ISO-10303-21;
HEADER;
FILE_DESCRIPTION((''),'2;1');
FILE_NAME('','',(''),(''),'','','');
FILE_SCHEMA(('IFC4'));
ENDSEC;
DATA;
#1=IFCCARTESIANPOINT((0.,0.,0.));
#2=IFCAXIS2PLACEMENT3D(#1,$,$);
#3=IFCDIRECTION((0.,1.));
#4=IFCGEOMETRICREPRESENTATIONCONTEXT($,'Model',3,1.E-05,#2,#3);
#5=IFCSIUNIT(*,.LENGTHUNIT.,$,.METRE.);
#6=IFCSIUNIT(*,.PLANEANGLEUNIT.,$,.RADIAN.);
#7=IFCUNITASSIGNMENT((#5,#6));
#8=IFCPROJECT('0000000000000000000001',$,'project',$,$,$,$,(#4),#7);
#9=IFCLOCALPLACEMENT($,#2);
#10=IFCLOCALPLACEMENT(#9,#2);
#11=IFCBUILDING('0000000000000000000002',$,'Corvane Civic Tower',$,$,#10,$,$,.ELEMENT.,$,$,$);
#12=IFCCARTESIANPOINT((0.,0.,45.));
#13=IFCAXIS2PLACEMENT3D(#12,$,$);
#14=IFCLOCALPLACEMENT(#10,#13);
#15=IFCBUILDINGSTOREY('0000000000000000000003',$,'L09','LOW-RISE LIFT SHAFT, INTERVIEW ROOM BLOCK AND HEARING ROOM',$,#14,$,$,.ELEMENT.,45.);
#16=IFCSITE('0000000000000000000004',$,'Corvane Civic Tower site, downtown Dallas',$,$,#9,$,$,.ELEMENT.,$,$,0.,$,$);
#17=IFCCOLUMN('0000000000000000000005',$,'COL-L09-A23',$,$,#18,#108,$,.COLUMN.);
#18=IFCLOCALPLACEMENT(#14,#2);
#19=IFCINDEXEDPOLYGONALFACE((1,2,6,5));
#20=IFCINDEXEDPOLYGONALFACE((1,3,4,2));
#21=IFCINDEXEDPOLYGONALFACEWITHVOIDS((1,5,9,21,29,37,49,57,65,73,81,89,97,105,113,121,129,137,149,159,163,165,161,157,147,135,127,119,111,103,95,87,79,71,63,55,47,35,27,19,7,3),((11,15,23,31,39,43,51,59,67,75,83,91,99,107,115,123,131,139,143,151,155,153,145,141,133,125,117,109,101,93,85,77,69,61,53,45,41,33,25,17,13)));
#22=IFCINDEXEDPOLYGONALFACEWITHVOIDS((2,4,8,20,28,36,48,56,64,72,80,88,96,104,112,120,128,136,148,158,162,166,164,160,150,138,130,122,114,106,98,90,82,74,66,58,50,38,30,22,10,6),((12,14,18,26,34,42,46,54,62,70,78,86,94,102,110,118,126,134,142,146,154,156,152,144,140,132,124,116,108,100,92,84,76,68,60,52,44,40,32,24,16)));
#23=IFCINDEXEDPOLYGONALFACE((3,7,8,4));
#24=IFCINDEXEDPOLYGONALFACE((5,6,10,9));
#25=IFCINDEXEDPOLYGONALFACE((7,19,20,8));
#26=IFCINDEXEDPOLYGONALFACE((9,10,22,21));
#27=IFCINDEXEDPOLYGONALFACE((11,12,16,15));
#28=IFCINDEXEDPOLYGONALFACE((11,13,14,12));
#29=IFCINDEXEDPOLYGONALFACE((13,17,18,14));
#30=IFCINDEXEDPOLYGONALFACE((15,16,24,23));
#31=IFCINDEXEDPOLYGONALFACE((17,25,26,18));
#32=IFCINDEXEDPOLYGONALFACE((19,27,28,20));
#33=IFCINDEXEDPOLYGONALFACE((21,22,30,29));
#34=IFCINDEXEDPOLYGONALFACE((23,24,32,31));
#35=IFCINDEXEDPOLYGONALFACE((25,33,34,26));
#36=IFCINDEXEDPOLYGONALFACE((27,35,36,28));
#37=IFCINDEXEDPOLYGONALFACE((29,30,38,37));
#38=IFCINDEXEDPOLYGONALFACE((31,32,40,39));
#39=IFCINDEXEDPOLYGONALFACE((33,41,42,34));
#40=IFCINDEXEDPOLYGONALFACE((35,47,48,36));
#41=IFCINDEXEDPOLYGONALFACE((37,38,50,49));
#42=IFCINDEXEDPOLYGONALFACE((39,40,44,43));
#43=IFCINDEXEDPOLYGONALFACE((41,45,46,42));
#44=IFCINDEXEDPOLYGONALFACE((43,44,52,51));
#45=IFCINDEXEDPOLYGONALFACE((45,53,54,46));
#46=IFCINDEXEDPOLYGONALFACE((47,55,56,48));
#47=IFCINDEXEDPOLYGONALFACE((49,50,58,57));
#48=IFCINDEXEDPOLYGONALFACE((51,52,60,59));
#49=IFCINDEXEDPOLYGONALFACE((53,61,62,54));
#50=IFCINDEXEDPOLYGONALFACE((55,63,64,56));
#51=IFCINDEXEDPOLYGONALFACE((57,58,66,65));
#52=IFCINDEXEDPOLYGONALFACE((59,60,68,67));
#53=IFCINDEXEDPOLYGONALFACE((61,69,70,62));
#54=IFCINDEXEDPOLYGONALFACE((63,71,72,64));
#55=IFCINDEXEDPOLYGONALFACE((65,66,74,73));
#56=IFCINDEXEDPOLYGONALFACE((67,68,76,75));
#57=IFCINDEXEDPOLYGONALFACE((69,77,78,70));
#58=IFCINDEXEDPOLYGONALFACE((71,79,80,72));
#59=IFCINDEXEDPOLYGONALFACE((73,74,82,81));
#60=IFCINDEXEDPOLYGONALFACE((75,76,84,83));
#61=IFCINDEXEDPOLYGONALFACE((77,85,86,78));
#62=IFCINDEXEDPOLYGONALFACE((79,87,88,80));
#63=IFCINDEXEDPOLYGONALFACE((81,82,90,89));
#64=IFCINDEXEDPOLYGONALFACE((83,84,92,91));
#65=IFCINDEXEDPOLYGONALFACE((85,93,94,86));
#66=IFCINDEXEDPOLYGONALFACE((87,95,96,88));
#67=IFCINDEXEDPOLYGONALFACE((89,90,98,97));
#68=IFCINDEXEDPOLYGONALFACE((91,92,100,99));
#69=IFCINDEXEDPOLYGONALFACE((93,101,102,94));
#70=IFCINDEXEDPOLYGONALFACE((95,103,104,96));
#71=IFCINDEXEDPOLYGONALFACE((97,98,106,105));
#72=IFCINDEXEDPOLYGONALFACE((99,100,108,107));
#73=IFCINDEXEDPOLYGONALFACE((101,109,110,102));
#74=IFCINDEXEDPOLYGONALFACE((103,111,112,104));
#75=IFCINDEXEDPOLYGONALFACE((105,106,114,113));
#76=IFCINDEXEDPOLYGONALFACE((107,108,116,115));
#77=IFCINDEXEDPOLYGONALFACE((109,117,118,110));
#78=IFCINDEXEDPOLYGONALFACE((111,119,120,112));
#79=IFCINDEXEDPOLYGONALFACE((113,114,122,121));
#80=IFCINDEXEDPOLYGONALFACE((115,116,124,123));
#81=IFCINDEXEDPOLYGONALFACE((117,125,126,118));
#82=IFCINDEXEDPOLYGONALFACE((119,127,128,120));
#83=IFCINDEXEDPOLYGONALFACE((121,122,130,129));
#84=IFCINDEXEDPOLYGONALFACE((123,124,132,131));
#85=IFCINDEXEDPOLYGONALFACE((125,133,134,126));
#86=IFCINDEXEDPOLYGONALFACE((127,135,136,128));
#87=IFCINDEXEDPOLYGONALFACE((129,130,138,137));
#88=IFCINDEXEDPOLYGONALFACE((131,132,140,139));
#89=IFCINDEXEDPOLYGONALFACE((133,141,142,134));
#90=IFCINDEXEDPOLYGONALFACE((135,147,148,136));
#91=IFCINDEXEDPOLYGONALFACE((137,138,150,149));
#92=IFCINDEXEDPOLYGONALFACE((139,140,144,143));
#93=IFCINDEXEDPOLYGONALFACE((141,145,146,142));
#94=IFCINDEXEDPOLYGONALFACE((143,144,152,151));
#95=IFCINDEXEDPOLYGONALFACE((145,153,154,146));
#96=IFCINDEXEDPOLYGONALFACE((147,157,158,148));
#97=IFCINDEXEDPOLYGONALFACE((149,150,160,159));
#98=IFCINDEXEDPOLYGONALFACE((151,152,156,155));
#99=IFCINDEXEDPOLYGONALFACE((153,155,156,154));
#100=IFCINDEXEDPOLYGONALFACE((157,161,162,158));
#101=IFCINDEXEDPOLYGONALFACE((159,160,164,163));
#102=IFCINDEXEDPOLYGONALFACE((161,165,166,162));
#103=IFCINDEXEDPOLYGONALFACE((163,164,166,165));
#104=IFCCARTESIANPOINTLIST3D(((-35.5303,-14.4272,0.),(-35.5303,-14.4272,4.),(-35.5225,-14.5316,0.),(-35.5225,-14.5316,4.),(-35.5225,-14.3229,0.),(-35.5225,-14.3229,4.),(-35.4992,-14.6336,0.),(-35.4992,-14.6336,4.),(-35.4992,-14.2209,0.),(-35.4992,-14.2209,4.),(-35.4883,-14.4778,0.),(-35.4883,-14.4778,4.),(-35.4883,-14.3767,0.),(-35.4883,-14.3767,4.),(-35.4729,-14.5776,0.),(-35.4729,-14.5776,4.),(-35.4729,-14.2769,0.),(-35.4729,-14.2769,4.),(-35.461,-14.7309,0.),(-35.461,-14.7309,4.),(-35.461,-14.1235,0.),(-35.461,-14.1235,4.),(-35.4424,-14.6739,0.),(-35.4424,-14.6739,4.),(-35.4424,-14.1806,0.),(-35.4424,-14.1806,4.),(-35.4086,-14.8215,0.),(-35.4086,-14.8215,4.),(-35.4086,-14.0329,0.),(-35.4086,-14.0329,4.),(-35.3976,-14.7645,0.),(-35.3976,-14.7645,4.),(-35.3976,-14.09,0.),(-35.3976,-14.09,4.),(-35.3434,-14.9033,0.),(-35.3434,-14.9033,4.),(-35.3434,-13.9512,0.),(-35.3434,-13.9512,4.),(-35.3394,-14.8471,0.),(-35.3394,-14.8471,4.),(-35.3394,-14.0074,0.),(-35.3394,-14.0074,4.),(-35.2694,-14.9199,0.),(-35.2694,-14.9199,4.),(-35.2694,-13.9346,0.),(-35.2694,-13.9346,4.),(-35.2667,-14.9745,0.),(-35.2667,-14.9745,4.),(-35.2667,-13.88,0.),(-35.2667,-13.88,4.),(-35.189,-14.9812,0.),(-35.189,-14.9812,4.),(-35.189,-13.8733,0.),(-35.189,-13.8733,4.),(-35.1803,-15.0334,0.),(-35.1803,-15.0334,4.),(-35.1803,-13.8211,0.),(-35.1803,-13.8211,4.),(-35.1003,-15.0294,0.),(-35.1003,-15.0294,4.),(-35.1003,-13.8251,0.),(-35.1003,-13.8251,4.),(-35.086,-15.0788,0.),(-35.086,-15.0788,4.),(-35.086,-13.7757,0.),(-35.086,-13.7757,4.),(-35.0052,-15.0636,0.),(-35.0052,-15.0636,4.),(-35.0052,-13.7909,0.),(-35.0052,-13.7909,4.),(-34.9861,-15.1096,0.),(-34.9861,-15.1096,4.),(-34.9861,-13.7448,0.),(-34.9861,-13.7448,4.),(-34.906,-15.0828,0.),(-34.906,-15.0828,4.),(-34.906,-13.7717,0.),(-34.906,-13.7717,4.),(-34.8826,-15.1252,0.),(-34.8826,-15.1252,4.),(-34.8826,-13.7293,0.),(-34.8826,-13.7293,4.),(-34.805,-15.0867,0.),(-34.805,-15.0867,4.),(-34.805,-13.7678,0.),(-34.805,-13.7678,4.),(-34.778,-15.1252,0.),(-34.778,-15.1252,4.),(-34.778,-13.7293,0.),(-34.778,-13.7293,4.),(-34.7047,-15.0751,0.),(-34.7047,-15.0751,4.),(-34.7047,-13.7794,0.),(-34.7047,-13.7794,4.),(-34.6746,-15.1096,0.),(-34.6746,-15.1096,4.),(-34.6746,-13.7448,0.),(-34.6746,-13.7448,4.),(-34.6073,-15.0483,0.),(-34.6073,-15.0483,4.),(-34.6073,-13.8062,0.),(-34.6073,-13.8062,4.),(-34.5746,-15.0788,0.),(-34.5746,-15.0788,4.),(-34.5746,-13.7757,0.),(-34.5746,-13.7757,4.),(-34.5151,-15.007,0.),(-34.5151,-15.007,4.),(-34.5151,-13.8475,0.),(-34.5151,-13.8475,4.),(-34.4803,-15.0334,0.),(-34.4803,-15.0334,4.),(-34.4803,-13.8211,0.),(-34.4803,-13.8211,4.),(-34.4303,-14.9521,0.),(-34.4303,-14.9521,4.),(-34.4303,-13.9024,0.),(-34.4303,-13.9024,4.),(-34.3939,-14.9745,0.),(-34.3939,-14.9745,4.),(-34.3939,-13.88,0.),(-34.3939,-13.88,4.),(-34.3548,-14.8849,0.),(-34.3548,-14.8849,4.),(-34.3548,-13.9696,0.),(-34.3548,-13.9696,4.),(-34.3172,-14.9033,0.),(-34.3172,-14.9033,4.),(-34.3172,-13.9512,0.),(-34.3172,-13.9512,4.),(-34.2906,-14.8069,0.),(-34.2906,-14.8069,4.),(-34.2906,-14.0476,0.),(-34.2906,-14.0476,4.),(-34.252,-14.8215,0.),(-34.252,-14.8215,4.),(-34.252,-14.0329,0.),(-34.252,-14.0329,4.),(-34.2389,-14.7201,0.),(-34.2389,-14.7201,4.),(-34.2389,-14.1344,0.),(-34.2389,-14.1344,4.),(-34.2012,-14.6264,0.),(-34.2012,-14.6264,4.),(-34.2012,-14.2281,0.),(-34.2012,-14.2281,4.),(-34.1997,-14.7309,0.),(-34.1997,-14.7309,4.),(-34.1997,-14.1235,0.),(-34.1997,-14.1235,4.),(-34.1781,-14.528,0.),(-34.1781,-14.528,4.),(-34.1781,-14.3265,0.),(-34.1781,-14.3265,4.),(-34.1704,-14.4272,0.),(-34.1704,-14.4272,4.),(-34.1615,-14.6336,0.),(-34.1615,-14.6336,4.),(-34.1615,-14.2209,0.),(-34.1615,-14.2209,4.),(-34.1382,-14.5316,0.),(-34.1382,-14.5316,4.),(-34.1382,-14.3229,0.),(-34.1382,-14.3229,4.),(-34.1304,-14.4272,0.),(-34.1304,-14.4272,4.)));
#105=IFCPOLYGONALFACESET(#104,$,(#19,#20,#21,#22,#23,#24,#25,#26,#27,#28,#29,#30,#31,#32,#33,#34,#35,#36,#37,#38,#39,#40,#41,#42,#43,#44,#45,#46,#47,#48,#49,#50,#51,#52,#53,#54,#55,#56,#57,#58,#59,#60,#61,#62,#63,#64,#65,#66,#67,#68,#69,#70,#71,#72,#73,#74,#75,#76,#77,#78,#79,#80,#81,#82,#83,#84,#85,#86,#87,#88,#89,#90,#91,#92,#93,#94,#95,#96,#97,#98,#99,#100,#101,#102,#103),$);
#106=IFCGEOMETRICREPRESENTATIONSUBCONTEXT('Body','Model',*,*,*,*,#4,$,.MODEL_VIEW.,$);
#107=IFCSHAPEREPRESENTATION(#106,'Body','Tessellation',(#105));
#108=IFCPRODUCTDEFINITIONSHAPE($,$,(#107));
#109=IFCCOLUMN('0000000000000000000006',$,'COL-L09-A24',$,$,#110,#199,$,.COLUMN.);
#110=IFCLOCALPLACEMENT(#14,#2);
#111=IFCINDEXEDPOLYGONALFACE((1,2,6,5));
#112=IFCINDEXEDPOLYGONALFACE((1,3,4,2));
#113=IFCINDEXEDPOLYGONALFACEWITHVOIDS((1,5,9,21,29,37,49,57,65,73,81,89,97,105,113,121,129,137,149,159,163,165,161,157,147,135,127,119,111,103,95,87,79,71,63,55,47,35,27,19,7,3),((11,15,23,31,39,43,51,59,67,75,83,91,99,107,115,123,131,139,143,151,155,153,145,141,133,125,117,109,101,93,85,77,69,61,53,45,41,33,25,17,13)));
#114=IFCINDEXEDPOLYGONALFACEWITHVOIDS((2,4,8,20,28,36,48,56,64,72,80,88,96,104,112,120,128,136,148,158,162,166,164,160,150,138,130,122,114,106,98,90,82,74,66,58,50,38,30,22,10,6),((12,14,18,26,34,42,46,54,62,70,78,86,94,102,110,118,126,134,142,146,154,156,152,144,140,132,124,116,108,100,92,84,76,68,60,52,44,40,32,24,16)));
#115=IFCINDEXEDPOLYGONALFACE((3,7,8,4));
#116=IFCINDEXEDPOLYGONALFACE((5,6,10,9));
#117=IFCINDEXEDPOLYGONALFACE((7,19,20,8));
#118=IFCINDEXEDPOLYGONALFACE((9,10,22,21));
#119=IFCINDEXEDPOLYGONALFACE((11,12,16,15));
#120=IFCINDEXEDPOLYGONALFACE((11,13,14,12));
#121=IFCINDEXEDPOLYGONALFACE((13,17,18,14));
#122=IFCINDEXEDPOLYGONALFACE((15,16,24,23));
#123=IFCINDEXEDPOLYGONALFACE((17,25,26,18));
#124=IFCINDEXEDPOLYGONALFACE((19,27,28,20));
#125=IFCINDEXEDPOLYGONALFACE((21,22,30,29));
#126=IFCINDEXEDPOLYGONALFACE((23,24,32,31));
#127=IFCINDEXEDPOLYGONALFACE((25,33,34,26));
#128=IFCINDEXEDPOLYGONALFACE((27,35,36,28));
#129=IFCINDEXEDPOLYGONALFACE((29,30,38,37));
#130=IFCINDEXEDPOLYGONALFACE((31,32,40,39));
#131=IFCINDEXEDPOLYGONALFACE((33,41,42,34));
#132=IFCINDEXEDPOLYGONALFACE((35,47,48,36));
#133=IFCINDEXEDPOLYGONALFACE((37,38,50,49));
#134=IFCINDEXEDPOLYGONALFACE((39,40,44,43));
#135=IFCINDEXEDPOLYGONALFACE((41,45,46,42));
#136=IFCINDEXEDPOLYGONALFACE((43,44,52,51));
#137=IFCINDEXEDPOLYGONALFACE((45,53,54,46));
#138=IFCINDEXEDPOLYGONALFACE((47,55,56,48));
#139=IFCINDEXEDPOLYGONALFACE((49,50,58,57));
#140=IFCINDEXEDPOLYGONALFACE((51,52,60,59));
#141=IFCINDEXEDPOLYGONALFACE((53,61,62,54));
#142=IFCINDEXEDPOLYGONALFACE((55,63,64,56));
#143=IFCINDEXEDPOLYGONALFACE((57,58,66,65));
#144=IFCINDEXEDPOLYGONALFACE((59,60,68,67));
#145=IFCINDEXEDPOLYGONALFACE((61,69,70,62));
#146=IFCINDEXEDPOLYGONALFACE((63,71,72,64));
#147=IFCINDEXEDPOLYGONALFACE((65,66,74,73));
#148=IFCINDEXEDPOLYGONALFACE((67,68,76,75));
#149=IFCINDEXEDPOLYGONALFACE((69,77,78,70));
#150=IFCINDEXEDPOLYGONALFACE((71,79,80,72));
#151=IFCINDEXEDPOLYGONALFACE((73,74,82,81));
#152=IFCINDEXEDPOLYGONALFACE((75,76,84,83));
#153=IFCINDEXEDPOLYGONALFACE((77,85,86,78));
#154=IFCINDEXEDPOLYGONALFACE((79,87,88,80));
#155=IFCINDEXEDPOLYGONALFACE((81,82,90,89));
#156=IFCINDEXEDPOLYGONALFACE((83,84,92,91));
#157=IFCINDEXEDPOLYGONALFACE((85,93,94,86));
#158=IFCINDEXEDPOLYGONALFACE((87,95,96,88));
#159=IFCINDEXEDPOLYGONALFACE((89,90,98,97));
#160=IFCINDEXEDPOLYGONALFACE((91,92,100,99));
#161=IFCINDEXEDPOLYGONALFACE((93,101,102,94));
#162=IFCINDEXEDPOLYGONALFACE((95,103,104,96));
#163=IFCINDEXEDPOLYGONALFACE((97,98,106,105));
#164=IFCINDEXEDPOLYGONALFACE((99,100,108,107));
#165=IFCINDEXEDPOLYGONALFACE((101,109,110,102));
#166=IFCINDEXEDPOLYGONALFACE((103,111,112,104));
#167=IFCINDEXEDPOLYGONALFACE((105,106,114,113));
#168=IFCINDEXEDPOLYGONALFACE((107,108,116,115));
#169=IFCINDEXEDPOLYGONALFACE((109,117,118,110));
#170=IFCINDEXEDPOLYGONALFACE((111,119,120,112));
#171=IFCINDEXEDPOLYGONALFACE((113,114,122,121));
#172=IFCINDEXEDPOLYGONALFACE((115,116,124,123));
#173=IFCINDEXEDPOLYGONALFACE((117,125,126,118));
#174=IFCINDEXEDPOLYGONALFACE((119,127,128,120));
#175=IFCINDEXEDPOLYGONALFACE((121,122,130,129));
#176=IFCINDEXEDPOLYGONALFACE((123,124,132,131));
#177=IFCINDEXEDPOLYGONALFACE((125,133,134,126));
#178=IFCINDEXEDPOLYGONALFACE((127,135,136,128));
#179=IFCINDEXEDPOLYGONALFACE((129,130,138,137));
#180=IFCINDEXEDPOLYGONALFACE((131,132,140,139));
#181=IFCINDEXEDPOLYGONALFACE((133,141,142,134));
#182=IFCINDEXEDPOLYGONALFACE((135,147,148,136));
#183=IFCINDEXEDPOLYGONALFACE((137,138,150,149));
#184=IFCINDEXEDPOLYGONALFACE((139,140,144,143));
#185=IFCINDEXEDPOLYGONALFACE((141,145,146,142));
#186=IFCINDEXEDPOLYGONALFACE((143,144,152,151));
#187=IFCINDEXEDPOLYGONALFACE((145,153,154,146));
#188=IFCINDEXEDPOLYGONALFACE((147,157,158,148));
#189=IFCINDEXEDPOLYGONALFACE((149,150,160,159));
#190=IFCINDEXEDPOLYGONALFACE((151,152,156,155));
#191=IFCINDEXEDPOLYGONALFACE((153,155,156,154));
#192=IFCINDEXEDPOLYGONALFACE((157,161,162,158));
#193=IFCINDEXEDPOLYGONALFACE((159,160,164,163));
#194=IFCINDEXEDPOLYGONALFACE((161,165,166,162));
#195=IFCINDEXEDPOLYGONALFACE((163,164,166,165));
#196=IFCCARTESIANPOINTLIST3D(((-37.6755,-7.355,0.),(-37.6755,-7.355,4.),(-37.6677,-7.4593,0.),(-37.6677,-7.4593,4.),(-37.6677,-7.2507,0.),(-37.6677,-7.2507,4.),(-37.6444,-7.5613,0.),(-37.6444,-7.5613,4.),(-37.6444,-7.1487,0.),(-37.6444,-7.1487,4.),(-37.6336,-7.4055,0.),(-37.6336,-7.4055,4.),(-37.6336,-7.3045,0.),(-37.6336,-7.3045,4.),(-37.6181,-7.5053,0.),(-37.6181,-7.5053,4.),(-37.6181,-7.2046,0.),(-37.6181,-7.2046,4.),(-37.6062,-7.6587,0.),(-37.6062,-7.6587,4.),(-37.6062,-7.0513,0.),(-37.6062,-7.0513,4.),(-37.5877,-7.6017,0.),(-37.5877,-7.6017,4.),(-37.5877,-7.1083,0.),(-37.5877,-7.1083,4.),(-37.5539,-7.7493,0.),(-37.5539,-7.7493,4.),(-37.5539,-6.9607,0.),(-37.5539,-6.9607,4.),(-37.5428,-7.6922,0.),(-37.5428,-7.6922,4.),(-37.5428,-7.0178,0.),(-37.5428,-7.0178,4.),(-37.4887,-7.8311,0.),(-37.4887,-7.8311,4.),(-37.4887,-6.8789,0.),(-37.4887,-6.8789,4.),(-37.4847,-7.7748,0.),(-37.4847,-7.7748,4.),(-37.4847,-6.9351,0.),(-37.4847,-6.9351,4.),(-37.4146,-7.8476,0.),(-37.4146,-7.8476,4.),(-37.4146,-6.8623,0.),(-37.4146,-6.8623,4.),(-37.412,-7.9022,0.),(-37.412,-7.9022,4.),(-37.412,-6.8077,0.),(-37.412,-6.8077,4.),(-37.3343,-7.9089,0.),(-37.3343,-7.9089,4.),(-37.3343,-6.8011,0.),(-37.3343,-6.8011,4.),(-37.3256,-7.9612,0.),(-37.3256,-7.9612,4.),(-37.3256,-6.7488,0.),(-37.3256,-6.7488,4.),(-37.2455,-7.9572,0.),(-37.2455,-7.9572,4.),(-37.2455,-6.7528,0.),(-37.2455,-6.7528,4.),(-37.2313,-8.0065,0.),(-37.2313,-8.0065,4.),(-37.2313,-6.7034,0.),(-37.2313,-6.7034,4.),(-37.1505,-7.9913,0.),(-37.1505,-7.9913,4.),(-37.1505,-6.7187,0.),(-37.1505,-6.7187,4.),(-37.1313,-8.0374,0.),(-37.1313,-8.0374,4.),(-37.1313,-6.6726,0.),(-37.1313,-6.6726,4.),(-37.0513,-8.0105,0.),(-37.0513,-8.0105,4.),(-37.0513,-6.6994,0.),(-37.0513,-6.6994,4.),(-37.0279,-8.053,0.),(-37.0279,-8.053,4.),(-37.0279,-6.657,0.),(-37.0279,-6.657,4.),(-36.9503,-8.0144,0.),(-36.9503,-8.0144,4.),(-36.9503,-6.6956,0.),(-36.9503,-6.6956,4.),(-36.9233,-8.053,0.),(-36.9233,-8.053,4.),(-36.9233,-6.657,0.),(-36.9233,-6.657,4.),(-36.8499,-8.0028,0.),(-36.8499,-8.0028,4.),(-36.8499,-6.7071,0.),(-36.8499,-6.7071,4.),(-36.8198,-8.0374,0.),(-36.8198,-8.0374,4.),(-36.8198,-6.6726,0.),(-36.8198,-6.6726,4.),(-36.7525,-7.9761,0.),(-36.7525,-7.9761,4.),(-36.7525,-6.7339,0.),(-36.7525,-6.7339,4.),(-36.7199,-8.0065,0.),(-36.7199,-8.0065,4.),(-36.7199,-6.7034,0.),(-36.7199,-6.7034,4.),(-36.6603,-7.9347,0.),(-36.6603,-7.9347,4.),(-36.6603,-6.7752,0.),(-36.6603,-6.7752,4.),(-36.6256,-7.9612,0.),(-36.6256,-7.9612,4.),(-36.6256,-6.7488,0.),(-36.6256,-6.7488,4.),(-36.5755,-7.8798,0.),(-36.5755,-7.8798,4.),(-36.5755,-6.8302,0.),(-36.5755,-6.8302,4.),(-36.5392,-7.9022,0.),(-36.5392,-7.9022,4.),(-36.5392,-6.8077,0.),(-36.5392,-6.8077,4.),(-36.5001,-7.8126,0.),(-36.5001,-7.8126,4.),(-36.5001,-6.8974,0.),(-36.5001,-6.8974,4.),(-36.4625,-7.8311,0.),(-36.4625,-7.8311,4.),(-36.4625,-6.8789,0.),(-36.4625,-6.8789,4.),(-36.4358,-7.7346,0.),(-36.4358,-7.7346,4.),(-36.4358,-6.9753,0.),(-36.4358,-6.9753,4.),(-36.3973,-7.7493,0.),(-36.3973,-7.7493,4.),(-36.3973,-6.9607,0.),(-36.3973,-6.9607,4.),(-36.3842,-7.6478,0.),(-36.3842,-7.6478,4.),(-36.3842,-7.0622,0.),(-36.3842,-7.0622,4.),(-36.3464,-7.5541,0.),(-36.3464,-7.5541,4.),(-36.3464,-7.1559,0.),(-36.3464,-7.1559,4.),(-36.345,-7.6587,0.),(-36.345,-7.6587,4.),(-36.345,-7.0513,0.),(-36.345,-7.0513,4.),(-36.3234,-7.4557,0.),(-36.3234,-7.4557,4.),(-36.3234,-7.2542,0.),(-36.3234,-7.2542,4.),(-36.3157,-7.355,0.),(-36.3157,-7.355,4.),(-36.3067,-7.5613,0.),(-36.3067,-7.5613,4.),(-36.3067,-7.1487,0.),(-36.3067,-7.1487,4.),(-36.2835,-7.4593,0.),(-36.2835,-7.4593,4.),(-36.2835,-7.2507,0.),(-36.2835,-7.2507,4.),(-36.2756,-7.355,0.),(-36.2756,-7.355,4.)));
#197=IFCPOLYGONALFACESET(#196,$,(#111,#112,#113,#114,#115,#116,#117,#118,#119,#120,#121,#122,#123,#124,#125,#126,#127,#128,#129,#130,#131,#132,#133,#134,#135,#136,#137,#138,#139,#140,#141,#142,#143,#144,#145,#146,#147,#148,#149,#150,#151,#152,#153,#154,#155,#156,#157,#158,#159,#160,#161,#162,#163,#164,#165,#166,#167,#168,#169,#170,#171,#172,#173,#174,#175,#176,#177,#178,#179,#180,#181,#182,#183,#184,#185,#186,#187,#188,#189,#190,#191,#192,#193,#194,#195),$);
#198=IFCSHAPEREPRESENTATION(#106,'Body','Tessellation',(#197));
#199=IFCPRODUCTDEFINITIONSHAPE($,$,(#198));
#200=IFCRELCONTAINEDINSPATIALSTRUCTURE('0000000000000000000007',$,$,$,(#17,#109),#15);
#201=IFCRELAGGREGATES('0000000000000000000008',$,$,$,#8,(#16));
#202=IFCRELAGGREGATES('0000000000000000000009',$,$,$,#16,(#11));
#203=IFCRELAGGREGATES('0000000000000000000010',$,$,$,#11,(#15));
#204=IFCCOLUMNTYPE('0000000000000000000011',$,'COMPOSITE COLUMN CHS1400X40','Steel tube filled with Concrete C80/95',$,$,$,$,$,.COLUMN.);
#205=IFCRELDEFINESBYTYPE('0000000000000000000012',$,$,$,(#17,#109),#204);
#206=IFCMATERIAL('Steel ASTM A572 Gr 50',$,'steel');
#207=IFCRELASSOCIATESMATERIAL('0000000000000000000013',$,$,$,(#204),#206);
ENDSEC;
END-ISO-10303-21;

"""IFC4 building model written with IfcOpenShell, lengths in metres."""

from ifc_helpers import new_model, si_unit, direction, frame, origin, origin_2d, place, context, subcontext, project, spatial, hollow_circle, extrude, material, material_profile, profile_set, type_object, element, save


model = new_model("IFC4")

# Units and contexts
model_context = context("Model", 3, precision=1e-05, world=origin(), true_north=direction((0.0, 1.0)))
body_context = subcontext(model_context, "Body", "Model", "MODEL_VIEW")
ifc_project = project(units=[si_unit("LENGTHUNIT", "METRE"), si_unit("PLANEANGLEUNIT", "RADIAN")], contexts=[model_context])

# Site, building, storey
site_placement = place(None, origin())
site = spatial("IfcSite", under=ifc_project, at=site_placement, Name="Corvane Civic Tower site, downtown Dallas", CompositionType="ELEMENT", RefElevation=0.0)
building_placement = place(site_placement, origin())
building = spatial("IfcBuilding", under=site, at=building_placement, Name="Corvane Civic Tower", CompositionType="ELEMENT")
storey_placement = place(building_placement, frame((0.0, 0.0, 45.0)))
storey = spatial("IfcBuildingStorey", under=building, at=storey_placement, Name="L09", Description="LOW-RISE LIFT SHAFT, INTERVIEW ROOM BLOCK AND HEARING ROOM", CompositionType="ELEMENT", Elevation=45.0)

# Columns
ifc_material_1 = material(Name="Steel ASTM A572 Gr 50", Category="steel")
ifc_material_profile_1 = material_profile(ifc_material_1, hollow_circle(Radius=0.7, WallThickness=0.04, at=origin_2d()), Name="CHS1400X40")
ifc_profile_set_1 = profile_set([ifc_material_profile_1], Name="Steel ASTM A572 Gr 50")
column_type = type_object("IfcColumnType", Name="COMPOSITE COLUMN CHS1400X40", Description="Steel tube filled with Concrete C80/95", PredefinedType="COLUMN", material=ifc_profile_set_1)
for number, where, z_axis, x_axis, name in (
    (1, (-34.8303, -14.4272, 0.0), (0.0, 0.0, 1.0), (1.0, 0.0, 0.0), "COL-L09-A23"),
    (2, (-36.9756, -7.355, 0.0), (0.0, 0.0, 1.0), (1.0, 0.0, 0.0), "COL-L09-A24"),
):
    element("IfcColumn", number, at=place(storey_placement, frame(where, z_axis=z_axis, x_axis=x_axis)), inside=storey, type_object=column_type, Name=name, PredefinedType="COLUMN", context=body_context, shape_type="SweptSolid", body=[
        extrude(hollow_circle(Radius=0.7, WallThickness=0.04, at=origin_2d()), origin(), (0.0, 0.0, 1.0), 4.0),
    ])

save(model, "model.ifc")
